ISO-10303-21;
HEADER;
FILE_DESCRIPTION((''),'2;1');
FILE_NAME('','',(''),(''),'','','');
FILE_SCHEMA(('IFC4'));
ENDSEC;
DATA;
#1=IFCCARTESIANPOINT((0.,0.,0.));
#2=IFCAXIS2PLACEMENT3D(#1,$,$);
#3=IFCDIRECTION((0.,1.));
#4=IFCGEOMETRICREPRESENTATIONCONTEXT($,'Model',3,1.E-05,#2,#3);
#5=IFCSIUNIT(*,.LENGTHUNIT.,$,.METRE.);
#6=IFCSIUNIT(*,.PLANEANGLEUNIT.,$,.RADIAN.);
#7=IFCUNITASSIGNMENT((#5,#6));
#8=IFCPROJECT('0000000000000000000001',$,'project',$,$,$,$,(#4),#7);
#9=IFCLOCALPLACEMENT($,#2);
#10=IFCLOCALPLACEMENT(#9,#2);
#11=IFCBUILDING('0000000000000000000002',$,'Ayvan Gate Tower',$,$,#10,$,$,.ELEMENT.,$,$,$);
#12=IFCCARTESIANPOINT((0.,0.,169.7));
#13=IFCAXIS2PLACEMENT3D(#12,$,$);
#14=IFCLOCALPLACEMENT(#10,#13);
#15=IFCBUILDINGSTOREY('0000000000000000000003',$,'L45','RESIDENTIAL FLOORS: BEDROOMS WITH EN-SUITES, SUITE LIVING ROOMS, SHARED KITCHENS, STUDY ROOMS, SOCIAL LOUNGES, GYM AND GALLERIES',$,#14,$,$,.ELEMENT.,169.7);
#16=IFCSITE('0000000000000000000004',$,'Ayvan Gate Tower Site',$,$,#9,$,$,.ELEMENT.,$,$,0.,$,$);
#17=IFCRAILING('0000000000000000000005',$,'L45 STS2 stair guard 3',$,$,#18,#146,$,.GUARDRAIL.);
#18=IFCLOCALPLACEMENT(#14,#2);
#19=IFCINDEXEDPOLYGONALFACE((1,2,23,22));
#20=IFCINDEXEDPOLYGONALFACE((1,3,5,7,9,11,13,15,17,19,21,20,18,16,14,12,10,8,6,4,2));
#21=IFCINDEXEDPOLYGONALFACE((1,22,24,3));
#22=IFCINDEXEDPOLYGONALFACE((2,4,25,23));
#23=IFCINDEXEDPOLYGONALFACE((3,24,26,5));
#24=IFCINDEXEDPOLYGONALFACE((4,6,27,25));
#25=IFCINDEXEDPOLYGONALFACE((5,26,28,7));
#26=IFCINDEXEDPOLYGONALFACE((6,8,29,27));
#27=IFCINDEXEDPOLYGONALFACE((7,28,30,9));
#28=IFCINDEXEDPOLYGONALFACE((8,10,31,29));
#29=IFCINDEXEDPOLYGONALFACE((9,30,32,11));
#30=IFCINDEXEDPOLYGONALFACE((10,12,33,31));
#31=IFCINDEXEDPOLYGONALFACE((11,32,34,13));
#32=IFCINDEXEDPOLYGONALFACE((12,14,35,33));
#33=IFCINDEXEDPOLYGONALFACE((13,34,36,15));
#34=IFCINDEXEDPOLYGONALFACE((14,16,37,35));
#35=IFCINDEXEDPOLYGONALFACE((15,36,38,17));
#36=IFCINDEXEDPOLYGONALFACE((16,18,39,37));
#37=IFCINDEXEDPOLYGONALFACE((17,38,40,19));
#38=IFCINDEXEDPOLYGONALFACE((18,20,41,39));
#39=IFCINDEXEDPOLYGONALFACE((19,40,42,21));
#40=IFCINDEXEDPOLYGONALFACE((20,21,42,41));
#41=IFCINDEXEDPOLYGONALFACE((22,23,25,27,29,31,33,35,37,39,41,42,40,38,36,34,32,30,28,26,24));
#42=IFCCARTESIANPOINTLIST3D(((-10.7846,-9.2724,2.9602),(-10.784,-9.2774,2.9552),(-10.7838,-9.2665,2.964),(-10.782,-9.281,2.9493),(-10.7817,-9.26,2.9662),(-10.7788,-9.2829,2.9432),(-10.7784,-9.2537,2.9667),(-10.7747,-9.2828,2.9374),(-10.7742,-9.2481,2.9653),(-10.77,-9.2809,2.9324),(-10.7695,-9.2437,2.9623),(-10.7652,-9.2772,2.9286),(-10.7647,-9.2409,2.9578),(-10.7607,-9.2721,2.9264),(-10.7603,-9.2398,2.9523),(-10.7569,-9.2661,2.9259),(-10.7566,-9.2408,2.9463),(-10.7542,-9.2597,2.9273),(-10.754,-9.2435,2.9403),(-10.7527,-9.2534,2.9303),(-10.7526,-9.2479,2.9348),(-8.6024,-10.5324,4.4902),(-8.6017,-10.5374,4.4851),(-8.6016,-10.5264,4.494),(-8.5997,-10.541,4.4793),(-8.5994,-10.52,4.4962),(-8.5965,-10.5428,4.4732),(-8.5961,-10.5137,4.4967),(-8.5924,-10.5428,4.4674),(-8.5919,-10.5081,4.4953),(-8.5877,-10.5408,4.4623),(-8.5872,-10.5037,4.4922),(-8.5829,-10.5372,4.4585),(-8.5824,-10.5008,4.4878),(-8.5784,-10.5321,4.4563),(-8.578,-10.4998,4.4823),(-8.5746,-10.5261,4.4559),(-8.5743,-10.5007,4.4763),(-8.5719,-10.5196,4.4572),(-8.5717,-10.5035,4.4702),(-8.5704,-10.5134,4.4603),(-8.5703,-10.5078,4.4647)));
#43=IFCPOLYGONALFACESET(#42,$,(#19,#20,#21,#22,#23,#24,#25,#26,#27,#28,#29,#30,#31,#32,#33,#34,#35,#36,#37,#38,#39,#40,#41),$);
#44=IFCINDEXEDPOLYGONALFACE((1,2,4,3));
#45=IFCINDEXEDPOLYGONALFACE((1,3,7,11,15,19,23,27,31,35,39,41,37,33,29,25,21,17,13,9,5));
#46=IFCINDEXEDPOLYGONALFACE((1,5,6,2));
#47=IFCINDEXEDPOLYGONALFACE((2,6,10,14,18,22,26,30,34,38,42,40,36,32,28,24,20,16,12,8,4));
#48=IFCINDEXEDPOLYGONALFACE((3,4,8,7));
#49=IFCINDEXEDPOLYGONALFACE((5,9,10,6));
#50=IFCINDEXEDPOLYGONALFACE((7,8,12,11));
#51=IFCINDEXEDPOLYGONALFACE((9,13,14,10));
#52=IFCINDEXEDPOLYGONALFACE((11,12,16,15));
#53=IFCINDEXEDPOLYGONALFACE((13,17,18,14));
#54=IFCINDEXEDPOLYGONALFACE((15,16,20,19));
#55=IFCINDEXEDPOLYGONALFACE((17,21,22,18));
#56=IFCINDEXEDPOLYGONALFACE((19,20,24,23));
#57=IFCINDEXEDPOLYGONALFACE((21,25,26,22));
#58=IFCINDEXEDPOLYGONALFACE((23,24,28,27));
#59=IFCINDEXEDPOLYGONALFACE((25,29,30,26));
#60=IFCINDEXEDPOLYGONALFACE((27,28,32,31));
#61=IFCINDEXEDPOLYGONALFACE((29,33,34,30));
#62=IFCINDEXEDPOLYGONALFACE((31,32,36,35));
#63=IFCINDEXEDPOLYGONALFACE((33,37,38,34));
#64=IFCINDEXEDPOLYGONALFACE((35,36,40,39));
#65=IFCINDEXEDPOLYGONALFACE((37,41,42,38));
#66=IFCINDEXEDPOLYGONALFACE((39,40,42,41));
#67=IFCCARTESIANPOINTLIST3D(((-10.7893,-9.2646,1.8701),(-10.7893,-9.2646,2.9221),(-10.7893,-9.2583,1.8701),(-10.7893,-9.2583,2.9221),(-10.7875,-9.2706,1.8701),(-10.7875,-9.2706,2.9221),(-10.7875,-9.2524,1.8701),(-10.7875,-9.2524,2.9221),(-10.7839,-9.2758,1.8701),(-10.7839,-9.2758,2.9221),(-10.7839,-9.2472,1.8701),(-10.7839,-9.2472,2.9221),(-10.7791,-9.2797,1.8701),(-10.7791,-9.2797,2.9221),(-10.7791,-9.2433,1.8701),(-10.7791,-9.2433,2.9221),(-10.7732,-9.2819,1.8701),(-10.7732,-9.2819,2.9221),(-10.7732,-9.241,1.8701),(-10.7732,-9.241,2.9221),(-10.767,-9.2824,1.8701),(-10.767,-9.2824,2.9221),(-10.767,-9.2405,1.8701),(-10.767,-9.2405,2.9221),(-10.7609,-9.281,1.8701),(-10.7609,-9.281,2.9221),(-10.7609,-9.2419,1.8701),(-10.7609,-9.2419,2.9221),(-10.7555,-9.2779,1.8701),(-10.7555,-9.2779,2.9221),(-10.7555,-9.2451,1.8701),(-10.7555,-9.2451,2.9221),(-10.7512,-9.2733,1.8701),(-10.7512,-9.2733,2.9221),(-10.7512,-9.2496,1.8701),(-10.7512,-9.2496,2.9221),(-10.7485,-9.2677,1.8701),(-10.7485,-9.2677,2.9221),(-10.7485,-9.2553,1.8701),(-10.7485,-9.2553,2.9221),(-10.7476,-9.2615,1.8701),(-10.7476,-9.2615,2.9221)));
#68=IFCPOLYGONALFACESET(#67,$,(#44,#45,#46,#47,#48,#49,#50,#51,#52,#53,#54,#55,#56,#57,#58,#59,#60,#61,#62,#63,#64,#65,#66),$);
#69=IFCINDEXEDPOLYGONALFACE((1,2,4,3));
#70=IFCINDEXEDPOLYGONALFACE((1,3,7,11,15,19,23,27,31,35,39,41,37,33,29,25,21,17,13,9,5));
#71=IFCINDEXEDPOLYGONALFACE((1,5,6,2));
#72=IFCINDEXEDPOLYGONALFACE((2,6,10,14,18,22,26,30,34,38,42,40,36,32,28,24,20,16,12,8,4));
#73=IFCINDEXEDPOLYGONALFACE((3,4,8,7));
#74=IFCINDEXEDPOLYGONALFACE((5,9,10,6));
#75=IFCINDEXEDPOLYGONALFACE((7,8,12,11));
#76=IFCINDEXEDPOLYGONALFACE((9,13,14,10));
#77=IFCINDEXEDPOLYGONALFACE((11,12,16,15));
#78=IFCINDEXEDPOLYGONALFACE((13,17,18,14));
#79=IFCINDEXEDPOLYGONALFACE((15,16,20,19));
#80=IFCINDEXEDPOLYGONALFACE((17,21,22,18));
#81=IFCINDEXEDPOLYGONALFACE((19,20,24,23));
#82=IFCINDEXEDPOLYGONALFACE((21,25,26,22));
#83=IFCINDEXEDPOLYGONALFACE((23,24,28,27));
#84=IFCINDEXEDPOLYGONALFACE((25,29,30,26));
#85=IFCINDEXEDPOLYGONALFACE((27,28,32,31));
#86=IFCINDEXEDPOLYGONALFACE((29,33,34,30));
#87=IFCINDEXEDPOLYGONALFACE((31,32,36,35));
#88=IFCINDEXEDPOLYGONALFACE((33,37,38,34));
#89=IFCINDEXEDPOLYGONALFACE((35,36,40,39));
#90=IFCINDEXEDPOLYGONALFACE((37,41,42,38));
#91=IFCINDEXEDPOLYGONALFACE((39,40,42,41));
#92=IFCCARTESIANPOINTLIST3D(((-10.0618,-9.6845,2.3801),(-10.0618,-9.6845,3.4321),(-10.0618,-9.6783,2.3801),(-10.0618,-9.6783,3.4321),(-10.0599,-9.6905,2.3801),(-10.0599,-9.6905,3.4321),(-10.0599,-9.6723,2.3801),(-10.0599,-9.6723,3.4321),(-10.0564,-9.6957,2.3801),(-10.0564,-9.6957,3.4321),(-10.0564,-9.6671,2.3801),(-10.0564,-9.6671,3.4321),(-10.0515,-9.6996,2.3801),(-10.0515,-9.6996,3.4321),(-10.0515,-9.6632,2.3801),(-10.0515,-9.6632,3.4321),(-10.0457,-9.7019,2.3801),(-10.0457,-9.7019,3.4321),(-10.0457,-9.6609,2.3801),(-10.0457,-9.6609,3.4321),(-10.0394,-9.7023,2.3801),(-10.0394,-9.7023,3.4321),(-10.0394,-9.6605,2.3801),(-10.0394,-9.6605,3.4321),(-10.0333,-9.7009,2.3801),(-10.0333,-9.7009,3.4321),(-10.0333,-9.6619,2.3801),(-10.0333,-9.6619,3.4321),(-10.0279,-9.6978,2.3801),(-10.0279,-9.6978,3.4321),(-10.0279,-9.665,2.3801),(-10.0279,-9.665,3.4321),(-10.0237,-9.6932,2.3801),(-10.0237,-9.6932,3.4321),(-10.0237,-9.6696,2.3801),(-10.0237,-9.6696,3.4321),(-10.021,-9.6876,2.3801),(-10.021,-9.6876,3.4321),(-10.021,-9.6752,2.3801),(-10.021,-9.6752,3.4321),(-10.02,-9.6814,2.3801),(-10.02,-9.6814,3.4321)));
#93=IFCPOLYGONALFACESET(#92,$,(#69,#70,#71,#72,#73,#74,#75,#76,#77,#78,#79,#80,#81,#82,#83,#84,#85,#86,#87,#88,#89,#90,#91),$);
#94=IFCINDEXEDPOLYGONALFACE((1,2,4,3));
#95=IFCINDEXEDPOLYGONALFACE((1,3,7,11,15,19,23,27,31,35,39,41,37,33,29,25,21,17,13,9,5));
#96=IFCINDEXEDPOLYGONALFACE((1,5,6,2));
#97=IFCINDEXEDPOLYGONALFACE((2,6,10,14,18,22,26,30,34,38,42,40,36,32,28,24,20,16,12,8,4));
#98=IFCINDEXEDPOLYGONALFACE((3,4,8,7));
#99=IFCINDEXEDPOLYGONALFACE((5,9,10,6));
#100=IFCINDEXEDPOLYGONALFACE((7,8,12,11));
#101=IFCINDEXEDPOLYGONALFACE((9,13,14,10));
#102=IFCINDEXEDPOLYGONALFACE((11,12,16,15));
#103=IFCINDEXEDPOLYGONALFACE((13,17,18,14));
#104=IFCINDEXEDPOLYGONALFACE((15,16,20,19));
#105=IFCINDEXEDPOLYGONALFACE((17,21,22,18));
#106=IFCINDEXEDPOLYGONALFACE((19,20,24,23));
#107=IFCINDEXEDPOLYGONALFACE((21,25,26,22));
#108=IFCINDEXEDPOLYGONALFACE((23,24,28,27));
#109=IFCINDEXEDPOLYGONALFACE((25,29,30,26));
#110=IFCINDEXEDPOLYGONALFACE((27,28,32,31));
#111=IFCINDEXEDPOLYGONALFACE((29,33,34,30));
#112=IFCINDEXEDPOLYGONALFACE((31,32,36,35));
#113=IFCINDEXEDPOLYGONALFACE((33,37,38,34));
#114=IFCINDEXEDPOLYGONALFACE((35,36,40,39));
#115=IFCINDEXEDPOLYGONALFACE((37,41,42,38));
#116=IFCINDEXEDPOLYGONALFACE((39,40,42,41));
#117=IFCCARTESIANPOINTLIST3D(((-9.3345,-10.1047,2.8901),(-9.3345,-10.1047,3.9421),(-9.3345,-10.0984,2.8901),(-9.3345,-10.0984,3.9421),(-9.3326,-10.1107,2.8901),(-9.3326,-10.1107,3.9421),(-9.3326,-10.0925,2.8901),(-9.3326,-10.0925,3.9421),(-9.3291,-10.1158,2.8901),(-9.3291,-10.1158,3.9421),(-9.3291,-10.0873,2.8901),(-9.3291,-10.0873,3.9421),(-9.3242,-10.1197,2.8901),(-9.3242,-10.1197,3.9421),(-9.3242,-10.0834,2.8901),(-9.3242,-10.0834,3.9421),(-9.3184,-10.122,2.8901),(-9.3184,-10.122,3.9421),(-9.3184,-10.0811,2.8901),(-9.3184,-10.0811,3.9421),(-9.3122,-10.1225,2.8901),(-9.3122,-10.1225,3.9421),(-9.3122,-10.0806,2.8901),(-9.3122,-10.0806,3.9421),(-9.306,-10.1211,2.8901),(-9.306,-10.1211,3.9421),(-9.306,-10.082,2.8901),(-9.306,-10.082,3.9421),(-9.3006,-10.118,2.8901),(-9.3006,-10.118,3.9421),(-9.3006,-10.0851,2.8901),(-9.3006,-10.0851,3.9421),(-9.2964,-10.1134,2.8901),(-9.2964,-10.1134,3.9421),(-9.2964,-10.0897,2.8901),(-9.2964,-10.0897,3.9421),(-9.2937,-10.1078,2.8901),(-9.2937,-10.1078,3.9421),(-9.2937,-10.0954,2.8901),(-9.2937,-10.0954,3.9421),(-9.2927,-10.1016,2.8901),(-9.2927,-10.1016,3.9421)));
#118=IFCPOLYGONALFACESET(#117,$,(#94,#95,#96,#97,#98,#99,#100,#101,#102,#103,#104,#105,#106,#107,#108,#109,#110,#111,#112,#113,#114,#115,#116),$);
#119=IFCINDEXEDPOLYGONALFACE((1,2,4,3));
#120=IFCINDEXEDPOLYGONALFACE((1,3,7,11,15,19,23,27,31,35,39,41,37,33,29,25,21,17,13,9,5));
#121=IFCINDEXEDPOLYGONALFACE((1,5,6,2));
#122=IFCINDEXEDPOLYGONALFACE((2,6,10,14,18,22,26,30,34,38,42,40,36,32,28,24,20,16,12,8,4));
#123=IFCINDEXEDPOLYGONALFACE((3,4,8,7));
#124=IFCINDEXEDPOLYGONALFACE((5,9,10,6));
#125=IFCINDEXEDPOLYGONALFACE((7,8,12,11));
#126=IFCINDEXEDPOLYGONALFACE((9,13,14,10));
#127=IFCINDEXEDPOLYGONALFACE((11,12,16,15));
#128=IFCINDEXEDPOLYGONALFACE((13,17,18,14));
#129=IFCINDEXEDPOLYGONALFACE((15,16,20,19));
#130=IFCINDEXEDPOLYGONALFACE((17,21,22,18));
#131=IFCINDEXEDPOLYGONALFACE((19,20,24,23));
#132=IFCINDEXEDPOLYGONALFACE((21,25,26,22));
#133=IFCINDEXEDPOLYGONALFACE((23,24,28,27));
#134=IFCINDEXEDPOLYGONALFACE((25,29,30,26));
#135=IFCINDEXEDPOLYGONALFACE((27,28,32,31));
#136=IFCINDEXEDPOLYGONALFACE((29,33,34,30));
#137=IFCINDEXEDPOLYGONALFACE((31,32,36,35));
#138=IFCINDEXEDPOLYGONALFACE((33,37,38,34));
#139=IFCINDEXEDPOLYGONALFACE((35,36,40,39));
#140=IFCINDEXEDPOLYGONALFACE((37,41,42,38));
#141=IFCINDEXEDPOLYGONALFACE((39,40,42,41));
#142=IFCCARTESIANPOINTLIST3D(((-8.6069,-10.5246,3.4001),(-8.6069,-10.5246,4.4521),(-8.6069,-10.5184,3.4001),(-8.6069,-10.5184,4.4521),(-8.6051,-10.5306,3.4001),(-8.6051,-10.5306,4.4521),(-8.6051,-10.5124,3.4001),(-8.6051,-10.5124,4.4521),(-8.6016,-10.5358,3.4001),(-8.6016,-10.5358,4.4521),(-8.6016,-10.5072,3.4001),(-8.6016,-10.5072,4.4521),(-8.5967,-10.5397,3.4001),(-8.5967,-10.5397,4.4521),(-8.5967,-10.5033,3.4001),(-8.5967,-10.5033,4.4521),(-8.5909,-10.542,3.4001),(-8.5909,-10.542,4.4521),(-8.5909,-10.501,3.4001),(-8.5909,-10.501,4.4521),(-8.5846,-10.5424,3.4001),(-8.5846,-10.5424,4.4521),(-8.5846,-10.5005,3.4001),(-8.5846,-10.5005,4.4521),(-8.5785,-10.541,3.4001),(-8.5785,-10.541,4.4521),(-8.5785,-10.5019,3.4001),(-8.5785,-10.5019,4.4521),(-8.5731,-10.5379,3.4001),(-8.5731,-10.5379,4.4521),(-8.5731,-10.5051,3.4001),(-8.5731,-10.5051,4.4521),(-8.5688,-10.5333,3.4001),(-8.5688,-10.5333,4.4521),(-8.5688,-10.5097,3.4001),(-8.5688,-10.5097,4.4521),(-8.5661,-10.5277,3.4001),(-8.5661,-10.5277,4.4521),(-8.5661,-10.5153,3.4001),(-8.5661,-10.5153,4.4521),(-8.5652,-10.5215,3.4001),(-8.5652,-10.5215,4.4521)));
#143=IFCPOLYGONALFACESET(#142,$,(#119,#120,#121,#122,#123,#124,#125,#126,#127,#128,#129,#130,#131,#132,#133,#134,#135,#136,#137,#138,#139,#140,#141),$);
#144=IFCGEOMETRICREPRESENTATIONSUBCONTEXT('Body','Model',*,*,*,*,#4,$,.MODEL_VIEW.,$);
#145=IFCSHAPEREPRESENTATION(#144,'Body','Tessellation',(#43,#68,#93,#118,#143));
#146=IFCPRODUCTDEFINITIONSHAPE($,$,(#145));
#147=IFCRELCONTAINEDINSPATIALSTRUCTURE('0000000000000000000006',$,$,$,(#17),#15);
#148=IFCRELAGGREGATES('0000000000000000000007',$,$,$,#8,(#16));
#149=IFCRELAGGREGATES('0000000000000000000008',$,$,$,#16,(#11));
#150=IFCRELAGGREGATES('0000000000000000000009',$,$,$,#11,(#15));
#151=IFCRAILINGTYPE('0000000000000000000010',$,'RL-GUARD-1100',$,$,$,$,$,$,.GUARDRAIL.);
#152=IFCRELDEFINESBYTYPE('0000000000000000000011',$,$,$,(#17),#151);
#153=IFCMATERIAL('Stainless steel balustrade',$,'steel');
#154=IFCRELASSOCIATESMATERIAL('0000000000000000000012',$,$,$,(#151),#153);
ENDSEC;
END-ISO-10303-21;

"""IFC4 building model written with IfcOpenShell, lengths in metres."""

from ifc_helpers import new_model, si_unit, direction, frame, origin, origin_2d, place, context, subcontext, project, spatial, circle, extrude, material, type_object, element, save


model = new_model("IFC4")

# Units and contexts
model_context = context("Model", 3, precision=1e-05, world=origin(), true_north=direction((0.0, 1.0)))
body_context = subcontext(model_context, "Body", "Model", "MODEL_VIEW")
ifc_project = project(units=[si_unit("LENGTHUNIT", "METRE"), si_unit("PLANEANGLEUNIT", "RADIAN")], contexts=[model_context])

# Site, building, storey
site_placement = place(None, origin())
site = spatial("IfcSite", under=ifc_project, at=site_placement, Name="Ayvan Gate Tower Site", CompositionType="ELEMENT", RefElevation=0.0)
building_placement = place(site_placement, origin())
building = spatial("IfcBuilding", under=site, at=building_placement, Name="Ayvan Gate Tower", CompositionType="ELEMENT")
storey_placement = place(building_placement, frame((0.0, 0.0, 169.7)))
storey = spatial("IfcBuildingStorey", under=building, at=storey_placement, Name="L45", Description="RESIDENTIAL FLOORS: BEDROOMS WITH EN-SUITES, SUITE LIVING ROOMS, SHARED KITCHENS, STUDY ROOMS, SOCIAL LOUNGES, GYM AND GALLERIES", CompositionType="ELEMENT", Elevation=169.7)

# Railing
ifc_material_1 = material(Name="Stainless steel balustrade", Category="steel")
railing_type_1 = type_object("IfcRailingType", Name="RL-GUARD-1100", PredefinedType="GUARDRAIL", material=ifc_material_1)
railing_1_placement = place(storey_placement, frame((-10.7686, -9.2615, 1.8701)))
element("IfcRailing", 1, at=railing_1_placement, inside=storey, type_object=railing_type_1, Name="L45 STS2 stair guard 3", PredefinedType="GUARDRAIL", context=body_context, shape_type="SweptSolid", body=[
    extrude(circle(Radius=0.0239, at=origin_2d()), frame((0.0, 0.0, 1.0762), z_axis=(0.740261, -0.427395, 0.518986), x_axis=(0.500005, 0.866023, 0.0)), (0.0, 0.0, 1.0), 2.948),
    extrude(circle(Radius=0.021, at=origin_2d()), origin(), (0.0, 0.0, 1.0), 1.052),
    extrude(circle(Radius=0.021, at=origin_2d()), frame((0.7275, -0.4199, 0.51)), (0.0, 0.0, 1.0), 1.052),
    extrude(circle(Radius=0.021, at=origin_2d()), frame((1.4548, -0.8401, 1.02)), (0.0, 0.0, 1.0), 1.052),
    extrude(circle(Radius=0.021, at=origin_2d()), frame((2.1824, -1.26, 1.53)), (0.0, 0.0, 1.0), 1.052),
])

save(model, "model.ifc")
